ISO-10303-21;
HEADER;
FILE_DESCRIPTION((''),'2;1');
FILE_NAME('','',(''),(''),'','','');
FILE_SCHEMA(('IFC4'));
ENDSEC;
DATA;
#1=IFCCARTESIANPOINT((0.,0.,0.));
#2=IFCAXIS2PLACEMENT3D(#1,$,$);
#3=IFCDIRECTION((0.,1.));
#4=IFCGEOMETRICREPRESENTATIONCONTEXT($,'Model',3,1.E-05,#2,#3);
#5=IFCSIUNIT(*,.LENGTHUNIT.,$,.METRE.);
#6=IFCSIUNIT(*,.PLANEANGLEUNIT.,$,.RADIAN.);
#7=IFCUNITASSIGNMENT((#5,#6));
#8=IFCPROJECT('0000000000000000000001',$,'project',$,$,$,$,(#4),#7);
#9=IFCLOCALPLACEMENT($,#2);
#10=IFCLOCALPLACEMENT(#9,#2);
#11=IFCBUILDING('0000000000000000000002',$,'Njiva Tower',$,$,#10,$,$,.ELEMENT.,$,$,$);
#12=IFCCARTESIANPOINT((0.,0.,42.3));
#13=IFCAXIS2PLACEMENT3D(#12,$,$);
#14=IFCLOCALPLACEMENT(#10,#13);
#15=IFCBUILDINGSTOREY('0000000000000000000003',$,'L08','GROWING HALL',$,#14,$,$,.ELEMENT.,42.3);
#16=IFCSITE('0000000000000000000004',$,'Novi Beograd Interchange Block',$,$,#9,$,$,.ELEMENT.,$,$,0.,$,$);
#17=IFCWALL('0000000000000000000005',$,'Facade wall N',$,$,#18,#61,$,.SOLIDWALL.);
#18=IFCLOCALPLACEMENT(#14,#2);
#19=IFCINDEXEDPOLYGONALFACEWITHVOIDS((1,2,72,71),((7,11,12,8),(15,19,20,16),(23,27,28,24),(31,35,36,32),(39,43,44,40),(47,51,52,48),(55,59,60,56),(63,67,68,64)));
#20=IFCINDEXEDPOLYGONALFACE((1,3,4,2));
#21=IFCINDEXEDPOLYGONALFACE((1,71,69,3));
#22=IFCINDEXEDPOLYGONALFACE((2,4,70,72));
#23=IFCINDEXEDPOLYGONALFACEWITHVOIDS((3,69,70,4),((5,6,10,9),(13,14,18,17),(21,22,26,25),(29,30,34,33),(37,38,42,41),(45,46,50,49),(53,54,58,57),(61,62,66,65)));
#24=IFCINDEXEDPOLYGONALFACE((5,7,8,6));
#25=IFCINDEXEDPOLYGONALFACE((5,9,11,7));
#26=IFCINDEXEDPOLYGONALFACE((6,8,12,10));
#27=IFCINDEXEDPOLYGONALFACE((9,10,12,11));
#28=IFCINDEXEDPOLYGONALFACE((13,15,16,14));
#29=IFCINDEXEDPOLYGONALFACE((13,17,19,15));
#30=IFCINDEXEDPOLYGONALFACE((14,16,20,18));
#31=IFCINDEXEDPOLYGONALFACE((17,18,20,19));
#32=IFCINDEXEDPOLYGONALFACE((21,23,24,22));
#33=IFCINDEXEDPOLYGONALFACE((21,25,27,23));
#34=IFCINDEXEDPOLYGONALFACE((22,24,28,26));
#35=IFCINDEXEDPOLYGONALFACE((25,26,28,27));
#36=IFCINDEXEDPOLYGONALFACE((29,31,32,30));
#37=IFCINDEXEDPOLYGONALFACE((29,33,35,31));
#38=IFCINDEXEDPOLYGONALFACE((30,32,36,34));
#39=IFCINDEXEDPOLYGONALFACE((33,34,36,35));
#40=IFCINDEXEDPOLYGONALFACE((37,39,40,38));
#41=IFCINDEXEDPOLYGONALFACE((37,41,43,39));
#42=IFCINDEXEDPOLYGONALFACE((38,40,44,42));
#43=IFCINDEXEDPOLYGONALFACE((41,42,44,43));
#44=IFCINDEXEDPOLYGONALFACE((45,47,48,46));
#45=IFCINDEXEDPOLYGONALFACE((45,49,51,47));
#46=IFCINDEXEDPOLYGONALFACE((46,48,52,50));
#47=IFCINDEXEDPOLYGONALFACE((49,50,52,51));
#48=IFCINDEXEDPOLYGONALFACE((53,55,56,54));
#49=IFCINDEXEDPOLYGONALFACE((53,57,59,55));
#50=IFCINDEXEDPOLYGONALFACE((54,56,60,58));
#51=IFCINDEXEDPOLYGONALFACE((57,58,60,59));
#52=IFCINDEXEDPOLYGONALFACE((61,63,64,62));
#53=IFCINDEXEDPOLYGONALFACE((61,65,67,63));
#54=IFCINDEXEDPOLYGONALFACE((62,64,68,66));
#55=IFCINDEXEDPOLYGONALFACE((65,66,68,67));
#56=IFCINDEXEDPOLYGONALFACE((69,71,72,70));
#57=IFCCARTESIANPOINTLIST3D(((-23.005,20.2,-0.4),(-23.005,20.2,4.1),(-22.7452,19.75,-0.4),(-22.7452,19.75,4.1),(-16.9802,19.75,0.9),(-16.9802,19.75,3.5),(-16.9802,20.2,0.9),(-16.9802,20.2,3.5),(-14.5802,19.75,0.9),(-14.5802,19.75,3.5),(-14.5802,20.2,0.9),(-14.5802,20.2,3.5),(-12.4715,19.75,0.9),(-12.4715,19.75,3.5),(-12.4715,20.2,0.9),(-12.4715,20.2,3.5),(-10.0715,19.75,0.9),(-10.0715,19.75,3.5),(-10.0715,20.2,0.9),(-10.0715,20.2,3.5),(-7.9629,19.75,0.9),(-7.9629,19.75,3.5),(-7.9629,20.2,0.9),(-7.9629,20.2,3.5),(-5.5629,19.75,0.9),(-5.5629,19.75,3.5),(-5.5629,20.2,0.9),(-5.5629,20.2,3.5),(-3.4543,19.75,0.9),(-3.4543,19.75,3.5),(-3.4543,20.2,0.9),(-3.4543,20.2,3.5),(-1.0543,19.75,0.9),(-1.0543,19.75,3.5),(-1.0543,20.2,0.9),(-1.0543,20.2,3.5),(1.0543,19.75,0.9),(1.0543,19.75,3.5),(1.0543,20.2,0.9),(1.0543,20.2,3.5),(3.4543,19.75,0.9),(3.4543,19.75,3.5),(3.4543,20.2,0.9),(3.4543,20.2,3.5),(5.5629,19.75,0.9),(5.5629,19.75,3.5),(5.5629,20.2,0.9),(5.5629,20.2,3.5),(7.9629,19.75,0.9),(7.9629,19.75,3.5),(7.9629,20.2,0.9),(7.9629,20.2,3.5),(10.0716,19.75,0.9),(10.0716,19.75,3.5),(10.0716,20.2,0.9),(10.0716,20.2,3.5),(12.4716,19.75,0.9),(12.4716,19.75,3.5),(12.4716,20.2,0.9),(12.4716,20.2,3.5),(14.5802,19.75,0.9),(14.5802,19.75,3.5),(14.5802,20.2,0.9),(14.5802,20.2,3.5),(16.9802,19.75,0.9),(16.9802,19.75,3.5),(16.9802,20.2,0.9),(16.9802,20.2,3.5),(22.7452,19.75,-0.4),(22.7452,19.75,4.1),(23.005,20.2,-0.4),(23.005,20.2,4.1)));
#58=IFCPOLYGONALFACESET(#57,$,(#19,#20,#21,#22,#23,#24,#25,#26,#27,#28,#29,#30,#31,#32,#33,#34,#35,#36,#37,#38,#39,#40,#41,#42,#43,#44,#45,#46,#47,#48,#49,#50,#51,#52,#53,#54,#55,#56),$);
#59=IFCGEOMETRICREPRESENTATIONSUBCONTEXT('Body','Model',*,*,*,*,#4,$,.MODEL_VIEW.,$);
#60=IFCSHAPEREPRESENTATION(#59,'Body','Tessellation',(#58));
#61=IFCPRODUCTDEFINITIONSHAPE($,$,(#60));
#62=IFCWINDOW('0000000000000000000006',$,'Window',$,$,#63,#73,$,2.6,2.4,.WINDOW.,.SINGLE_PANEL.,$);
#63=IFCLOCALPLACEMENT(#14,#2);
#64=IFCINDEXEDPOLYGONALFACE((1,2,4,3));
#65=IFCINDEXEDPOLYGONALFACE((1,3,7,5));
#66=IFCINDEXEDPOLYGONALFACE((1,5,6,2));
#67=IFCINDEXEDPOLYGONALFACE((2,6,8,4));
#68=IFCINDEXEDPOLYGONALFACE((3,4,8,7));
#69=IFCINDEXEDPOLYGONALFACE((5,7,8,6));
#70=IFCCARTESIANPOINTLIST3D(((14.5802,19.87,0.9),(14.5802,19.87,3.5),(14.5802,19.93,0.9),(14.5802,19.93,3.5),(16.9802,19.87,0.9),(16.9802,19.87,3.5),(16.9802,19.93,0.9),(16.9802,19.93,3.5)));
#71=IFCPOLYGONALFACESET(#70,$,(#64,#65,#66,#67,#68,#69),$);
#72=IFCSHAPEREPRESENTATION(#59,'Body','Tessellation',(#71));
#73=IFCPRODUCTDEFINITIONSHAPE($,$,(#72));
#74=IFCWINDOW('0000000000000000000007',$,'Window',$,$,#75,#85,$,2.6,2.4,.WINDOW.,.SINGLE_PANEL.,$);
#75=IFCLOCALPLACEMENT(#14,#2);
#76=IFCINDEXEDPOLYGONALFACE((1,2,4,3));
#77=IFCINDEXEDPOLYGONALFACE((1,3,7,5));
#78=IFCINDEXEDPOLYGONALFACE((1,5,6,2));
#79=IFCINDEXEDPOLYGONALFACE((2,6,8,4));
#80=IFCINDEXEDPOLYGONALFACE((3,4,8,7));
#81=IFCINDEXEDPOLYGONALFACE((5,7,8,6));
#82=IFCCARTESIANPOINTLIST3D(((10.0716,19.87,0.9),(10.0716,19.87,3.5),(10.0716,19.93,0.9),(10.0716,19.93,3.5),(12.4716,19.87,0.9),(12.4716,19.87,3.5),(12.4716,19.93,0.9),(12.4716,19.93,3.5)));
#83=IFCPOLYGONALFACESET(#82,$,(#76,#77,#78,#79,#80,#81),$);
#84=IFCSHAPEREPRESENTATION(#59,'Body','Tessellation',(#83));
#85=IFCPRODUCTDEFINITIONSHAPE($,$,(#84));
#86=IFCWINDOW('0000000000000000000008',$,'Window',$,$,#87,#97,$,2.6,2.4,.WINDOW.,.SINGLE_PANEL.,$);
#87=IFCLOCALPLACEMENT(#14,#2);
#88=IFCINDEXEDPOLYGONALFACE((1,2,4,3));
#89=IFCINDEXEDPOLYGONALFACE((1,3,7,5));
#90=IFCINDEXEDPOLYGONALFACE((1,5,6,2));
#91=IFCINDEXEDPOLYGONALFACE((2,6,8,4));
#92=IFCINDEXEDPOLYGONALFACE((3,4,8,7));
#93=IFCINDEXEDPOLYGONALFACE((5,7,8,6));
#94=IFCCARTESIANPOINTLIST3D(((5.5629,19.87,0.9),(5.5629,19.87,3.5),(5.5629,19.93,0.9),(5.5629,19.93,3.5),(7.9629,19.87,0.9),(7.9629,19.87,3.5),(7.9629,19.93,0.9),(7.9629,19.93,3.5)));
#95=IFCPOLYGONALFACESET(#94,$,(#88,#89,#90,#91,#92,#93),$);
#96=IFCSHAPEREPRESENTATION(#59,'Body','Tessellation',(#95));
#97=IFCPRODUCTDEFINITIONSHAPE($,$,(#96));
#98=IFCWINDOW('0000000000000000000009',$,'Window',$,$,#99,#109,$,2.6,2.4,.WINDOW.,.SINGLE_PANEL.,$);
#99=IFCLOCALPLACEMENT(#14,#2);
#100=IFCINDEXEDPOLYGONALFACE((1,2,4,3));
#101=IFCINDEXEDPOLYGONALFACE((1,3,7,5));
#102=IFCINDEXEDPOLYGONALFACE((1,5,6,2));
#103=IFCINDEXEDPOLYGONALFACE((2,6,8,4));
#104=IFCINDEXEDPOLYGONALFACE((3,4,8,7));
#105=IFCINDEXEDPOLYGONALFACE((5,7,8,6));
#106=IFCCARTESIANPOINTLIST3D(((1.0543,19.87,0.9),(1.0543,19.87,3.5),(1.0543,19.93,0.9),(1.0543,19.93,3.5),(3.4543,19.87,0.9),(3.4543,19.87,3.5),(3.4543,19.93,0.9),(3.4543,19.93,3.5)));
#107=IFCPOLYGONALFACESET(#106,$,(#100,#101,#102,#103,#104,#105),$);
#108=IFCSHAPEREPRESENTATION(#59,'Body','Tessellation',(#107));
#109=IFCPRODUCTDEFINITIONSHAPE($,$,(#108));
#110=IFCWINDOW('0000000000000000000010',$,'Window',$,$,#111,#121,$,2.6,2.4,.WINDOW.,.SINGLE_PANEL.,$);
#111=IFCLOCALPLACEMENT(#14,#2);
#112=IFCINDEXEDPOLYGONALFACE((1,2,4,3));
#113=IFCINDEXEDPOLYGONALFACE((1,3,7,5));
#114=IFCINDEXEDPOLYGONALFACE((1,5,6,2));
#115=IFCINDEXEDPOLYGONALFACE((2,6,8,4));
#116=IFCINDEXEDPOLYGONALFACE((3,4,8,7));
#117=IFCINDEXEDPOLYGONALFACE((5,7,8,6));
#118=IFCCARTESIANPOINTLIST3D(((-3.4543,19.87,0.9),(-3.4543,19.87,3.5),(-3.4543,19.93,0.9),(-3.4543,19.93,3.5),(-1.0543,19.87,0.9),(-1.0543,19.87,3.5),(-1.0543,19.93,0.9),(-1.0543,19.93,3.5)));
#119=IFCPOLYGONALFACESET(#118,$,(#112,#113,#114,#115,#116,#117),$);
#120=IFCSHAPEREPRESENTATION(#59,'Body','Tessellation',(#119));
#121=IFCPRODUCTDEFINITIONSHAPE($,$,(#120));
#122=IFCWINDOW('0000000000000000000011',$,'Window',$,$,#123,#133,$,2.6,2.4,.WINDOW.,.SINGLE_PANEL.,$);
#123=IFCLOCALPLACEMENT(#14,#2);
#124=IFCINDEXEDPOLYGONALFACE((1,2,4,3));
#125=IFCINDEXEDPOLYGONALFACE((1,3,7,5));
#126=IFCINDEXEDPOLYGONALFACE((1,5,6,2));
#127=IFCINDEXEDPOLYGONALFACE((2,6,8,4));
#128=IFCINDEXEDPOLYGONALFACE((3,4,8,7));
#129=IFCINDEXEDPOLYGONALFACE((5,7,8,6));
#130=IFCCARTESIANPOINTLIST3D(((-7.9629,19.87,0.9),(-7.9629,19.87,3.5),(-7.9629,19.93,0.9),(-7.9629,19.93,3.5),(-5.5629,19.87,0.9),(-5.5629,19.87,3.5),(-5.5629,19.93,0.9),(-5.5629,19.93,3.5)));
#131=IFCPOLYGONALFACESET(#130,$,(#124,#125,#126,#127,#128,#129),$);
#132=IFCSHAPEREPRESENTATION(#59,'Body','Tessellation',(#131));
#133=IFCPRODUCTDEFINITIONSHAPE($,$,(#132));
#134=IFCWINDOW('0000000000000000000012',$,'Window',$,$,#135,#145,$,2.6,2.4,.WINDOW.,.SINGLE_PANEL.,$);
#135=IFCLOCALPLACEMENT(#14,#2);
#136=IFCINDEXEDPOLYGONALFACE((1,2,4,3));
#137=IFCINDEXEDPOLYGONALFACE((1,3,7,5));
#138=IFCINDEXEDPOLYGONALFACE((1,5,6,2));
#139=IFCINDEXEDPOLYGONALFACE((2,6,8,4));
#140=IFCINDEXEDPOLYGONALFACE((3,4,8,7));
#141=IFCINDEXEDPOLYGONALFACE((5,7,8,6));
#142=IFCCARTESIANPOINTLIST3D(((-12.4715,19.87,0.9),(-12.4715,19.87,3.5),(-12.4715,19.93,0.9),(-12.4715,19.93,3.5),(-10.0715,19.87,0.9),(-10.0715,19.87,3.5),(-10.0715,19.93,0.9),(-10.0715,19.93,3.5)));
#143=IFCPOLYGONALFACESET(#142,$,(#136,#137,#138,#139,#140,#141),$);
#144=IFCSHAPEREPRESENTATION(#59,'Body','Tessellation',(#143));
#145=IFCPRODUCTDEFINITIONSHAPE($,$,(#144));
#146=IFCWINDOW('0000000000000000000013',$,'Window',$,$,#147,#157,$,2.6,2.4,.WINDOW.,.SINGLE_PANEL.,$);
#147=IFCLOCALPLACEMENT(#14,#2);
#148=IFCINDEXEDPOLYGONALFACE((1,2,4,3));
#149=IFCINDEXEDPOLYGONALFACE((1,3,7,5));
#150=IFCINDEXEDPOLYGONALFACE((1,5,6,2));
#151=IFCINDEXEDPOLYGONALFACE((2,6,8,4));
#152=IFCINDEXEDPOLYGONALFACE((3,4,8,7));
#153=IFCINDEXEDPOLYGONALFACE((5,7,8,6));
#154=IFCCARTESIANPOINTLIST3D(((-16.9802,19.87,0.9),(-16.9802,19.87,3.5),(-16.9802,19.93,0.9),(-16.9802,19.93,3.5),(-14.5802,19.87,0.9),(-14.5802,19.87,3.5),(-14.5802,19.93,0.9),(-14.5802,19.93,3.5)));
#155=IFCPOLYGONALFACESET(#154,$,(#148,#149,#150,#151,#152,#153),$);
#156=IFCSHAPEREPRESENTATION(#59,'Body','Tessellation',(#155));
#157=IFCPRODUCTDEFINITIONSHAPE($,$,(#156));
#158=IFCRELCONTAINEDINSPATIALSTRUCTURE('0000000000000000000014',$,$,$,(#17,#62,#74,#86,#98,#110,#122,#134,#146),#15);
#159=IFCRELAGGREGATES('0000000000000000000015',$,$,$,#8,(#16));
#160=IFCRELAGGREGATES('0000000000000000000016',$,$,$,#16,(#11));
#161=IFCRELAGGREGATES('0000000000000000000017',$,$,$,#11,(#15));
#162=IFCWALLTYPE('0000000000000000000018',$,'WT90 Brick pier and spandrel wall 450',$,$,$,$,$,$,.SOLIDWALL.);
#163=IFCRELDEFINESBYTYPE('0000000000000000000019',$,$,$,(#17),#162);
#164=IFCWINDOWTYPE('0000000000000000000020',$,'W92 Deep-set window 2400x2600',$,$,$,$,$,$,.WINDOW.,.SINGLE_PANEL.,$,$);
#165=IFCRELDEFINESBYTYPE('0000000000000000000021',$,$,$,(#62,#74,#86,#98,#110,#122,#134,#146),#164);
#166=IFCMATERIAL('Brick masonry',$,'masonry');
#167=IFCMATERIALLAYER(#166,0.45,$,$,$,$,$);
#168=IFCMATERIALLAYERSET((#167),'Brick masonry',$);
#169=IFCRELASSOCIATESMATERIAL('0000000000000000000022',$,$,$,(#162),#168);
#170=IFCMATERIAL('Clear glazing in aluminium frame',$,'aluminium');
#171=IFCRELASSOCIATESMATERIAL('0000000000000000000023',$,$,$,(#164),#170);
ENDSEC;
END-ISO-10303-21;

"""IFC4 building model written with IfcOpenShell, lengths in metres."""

from ifc_helpers import new_model, si_unit, direction, frame, frame_2d, origin, place, context, subcontext, project, spatial, polyline, rectangle, outline, extrude, material, layer, layer_set, type_object, element, fill, save


model = new_model("IFC4")

# Units and contexts
model_context = context("Model", 3, precision=1e-05, world=origin(), true_north=direction((0.0, 1.0)))
body_context = subcontext(model_context, "Body", "Model", "MODEL_VIEW")
ifc_project = project(units=[si_unit("LENGTHUNIT", "METRE"), si_unit("PLANEANGLEUNIT", "RADIAN")], contexts=[model_context])

# Site, building, storey
site_placement = place(None, origin())
site = spatial("IfcSite", under=ifc_project, at=site_placement, Name="Novi Beograd Interchange Block", CompositionType="ELEMENT", RefElevation=0.0)
building_placement = place(site_placement, origin())
building = spatial("IfcBuilding", under=site, at=building_placement, Name="Njiva Tower", CompositionType="ELEMENT")
storey_placement = place(building_placement, frame((0.0, 0.0, 42.3)))
storey = spatial("IfcBuildingStorey", under=building, at=storey_placement, Name="L08", Description="GROWING HALL", CompositionType="ELEMENT", Elevation=42.3)

# Wall, openings, windows
ifc_material_1 = material(Name="Brick masonry", Category="masonry")
ifc_layer_1 = layer(ifc_material_1, 0.45)
ifc_layer_set_1 = layer_set([ifc_layer_1], Name="Brick masonry")
wall_type_1 = type_object("IfcWallType", Name="WT90 Brick pier and spandrel wall 450", PredefinedType="SOLIDWALL", material=ifc_layer_set_1)
wall_1_placement = place(storey_placement, frame((22.8751, 19.975, -0.4), z_axis=(0.0, 0.0, 1.0), x_axis=(-1.0, 0.0, 0.0)))
wall_1 = element("IfcWall", 1, at=wall_1_placement, inside=storey, type_object=wall_type_1, Name="Facade wall N", PredefinedType="SOLIDWALL", context=body_context, shape_type="SweptSolid", body=[
    extrude(outline(polyline([(-0.1299, -0.225), (45.8801, -0.225), (45.6203, 0.225), (0.1299, 0.225), (-0.1299, -0.225)])), origin(), (0.0, 0.0, 1.0), 4.5),
])
opening_1_placement = place(wall_1_placement, frame((5.8949, 0.0, 1.3)))
opening_1 = element("IfcOpeningElement", 2, at=opening_1_placement, cuts=wall_1, PredefinedType="OPENING", context=body_context, shape_type="SweptSolid", body=[
    extrude(rectangle(XDim=2.4, YDim=2.6, at=frame_2d((1.2, 1.3))), frame((0.0, 0.235, 0.0), z_axis=(0.0, -1.0, 0.0), x_axis=(1.0, 0.0, 0.0)), (0.0, 0.0, 1.0), 0.47),
])
opening_2_placement = place(wall_1_placement, frame((10.4035, 0.0, 1.3)))
opening_2 = element("IfcOpeningElement", 3, at=opening_2_placement, cuts=wall_1, PredefinedType="OPENING", context=body_context, shape_type="SweptSolid", body=[
    extrude(rectangle(XDim=2.4, YDim=2.6, at=frame_2d((1.2, 1.3))), frame((0.0, 0.235, 0.0), z_axis=(0.0, -1.0, 0.0), x_axis=(1.0, 0.0, 0.0)), (0.0, 0.0, 1.0), 0.47),
])
opening_3_placement = place(wall_1_placement, frame((14.9122, 0.0, 1.3)))
opening_3 = element("IfcOpeningElement", 4, at=opening_3_placement, cuts=wall_1, PredefinedType="OPENING", context=body_context, shape_type="SweptSolid", body=[
    extrude(rectangle(XDim=2.4, YDim=2.6, at=frame_2d((1.2, 1.3))), frame((0.0, 0.235, 0.0), z_axis=(0.0, -1.0, 0.0), x_axis=(1.0, 0.0, 0.0)), (0.0, 0.0, 1.0), 0.47),
])
opening_4_placement = place(wall_1_placement, frame((19.4208, 0.0, 1.3)))
opening_4 = element("IfcOpeningElement", 5, at=opening_4_placement, cuts=wall_1, PredefinedType="OPENING", context=body_context, shape_type="SweptSolid", body=[
    extrude(rectangle(XDim=2.4, YDim=2.6, at=frame_2d((1.2, 1.3))), frame((0.0, 0.235, 0.0), z_axis=(0.0, -1.0, 0.0), x_axis=(1.0, 0.0, 0.0)), (0.0, 0.0, 1.0), 0.47),
])
opening_5_placement = place(wall_1_placement, frame((23.9294, 0.0, 1.3)))
opening_5 = element("IfcOpeningElement", 6, at=opening_5_placement, cuts=wall_1, PredefinedType="OPENING", context=body_context, shape_type="SweptSolid", body=[
    extrude(rectangle(XDim=2.4, YDim=2.6, at=frame_2d((1.2, 1.3))), frame((0.0, 0.235, 0.0), z_axis=(0.0, -1.0, 0.0), x_axis=(1.0, 0.0, 0.0)), (0.0, 0.0, 1.0), 0.47),
])
opening_6_placement = place(wall_1_placement, frame((28.438, 0.0, 1.3)))
opening_6 = element("IfcOpeningElement", 7, at=opening_6_placement, cuts=wall_1, PredefinedType="OPENING", context=body_context, shape_type="SweptSolid", body=[
    extrude(rectangle(XDim=2.4, YDim=2.6, at=frame_2d((1.2, 1.3))), frame((0.0, 0.235, 0.0), z_axis=(0.0, -1.0, 0.0), x_axis=(1.0, 0.0, 0.0)), (0.0, 0.0, 1.0), 0.47),
])
opening_7_placement = place(wall_1_placement, frame((32.9466, 0.0, 1.3)))
opening_7 = element("IfcOpeningElement", 8, at=opening_7_placement, cuts=wall_1, PredefinedType="OPENING", context=body_context, shape_type="SweptSolid", body=[
    extrude(rectangle(XDim=2.4, YDim=2.6, at=frame_2d((1.2, 1.3))), frame((0.0, 0.235, 0.0), z_axis=(0.0, -1.0, 0.0), x_axis=(1.0, 0.0, 0.0)), (0.0, 0.0, 1.0), 0.47),
])
opening_8_placement = place(wall_1_placement, frame((37.4553, 0.0, 1.3)))
opening_8 = element("IfcOpeningElement", 9, at=opening_8_placement, cuts=wall_1, PredefinedType="OPENING", context=body_context, shape_type="SweptSolid", body=[
    extrude(rectangle(XDim=2.4, YDim=2.6, at=frame_2d((1.2, 1.3))), frame((0.0, 0.235, 0.0), z_axis=(0.0, -1.0, 0.0), x_axis=(1.0, 0.0, 0.0)), (0.0, 0.0, 1.0), 0.47),
])
ifc_material_2 = material(Name="Clear glazing in aluminium frame", Category="aluminium")
window_type = type_object("IfcWindowType", Name="W92 Deep-set window 2400x2600", PartitioningType="SINGLE_PANEL", PredefinedType="WINDOW", material=ifc_material_2)
window_1_placement = place(opening_1_placement, origin())
window_1 = element("IfcWindow", 10, at=window_1_placement, inside=storey, type_object=window_type, Name="Window", OverallHeight=2.6, OverallWidth=2.4, PartitioningType="SINGLE_PANEL", PredefinedType="WINDOW", context=body_context, shape_type="SweptSolid", body=[
    extrude(rectangle(XDim=2.4, YDim=2.6, at=frame_2d((1.2, 1.3))), frame((0.0, 0.105, 0.0), z_axis=(0.0, -1.0, 0.0), x_axis=(1.0, 0.0, 0.0)), (0.0, 0.0, 1.0), 0.06),
])
fill(opening_1, window_1)
window_2_placement = place(opening_2_placement, origin())
window_2 = element("IfcWindow", 11, at=window_2_placement, inside=storey, type_object=window_type, Name="Window", OverallHeight=2.6, OverallWidth=2.4, PartitioningType="SINGLE_PANEL", PredefinedType="WINDOW", context=body_context, shape_type="SweptSolid", body=[
    extrude(rectangle(XDim=2.4, YDim=2.6, at=frame_2d((1.2, 1.3))), frame((0.0, 0.105, 0.0), z_axis=(0.0, -1.0, 0.0), x_axis=(1.0, 0.0, 0.0)), (0.0, 0.0, 1.0), 0.06),
])
fill(opening_2, window_2)
window_3_placement = place(opening_3_placement, origin())
window_3 = element("IfcWindow", 12, at=window_3_placement, inside=storey, type_object=window_type, Name="Window", OverallHeight=2.6, OverallWidth=2.4, PartitioningType="SINGLE_PANEL", PredefinedType="WINDOW", context=body_context, shape_type="SweptSolid", body=[
    extrude(rectangle(XDim=2.4, YDim=2.6, at=frame_2d((1.2, 1.3))), frame((0.0, 0.105, 0.0), z_axis=(0.0, -1.0, 0.0), x_axis=(1.0, 0.0, 0.0)), (0.0, 0.0, 1.0), 0.06),
])
fill(opening_3, window_3)
window_4_placement = place(opening_4_placement, origin())
window_4 = element("IfcWindow", 13, at=window_4_placement, inside=storey, type_object=window_type, Name="Window", OverallHeight=2.6, OverallWidth=2.4, PartitioningType="SINGLE_PANEL", PredefinedType="WINDOW", context=body_context, shape_type="SweptSolid", body=[
    extrude(rectangle(XDim=2.4, YDim=2.6, at=frame_2d((1.2, 1.3))), frame((0.0, 0.105, 0.0), z_axis=(0.0, -1.0, 0.0), x_axis=(1.0, 0.0, 0.0)), (0.0, 0.0, 1.0), 0.06),
])
fill(opening_4, window_4)
window_5_placement = place(opening_5_placement, origin())
window_5 = element("IfcWindow", 14, at=window_5_placement, inside=storey, type_object=window_type, Name="Window", OverallHeight=2.6, OverallWidth=2.4, PartitioningType="SINGLE_PANEL", PredefinedType="WINDOW", context=body_context, shape_type="SweptSolid", body=[
    extrude(rectangle(XDim=2.4, YDim=2.6, at=frame_2d((1.2, 1.3))), frame((0.0, 0.105, 0.0), z_axis=(0.0, -1.0, 0.0), x_axis=(1.0, 0.0, 0.0)), (0.0, 0.0, 1.0), 0.06),
])
fill(opening_5, window_5)
window_6_placement = place(opening_6_placement, origin())
window_6 = element("IfcWindow", 15, at=window_6_placement, inside=storey, type_object=window_type, Name="Window", OverallHeight=2.6, OverallWidth=2.4, PartitioningType="SINGLE_PANEL", PredefinedType="WINDOW", context=body_context, shape_type="SweptSolid", body=[
    extrude(rectangle(XDim=2.4, YDim=2.6, at=frame_2d((1.2, 1.3))), frame((0.0, 0.105, 0.0), z_axis=(0.0, -1.0, 0.0), x_axis=(1.0, 0.0, 0.0)), (0.0, 0.0, 1.0), 0.06),
])
fill(opening_6, window_6)
window_7_placement = place(opening_7_placement, origin())
window_7 = element("IfcWindow", 16, at=window_7_placement, inside=storey, type_object=window_type, Name="Window", OverallHeight=2.6, OverallWidth=2.4, PartitioningType="SINGLE_PANEL", PredefinedType="WINDOW", context=body_context, shape_type="SweptSolid", body=[
    extrude(rectangle(XDim=2.4, YDim=2.6, at=frame_2d((1.2, 1.3))), frame((0.0, 0.105, 0.0), z_axis=(0.0, -1.0, 0.0), x_axis=(1.0, 0.0, 0.0)), (0.0, 0.0, 1.0), 0.06),
])
fill(opening_7, window_7)
window_8_placement = place(opening_8_placement, origin())
window_8 = element("IfcWindow", 17, at=window_8_placement, inside=storey, type_object=window_type, Name="Window", OverallHeight=2.6, OverallWidth=2.4, PartitioningType="SINGLE_PANEL", PredefinedType="WINDOW", context=body_context, shape_type="SweptSolid", body=[
    extrude(rectangle(XDim=2.4, YDim=2.6, at=frame_2d((1.2, 1.3))), frame((0.0, 0.105, 0.0), z_axis=(0.0, -1.0, 0.0), x_axis=(1.0, 0.0, 0.0)), (0.0, 0.0, 1.0), 0.06),
])
fill(opening_8, window_8)

save(model, "model.ifc")
